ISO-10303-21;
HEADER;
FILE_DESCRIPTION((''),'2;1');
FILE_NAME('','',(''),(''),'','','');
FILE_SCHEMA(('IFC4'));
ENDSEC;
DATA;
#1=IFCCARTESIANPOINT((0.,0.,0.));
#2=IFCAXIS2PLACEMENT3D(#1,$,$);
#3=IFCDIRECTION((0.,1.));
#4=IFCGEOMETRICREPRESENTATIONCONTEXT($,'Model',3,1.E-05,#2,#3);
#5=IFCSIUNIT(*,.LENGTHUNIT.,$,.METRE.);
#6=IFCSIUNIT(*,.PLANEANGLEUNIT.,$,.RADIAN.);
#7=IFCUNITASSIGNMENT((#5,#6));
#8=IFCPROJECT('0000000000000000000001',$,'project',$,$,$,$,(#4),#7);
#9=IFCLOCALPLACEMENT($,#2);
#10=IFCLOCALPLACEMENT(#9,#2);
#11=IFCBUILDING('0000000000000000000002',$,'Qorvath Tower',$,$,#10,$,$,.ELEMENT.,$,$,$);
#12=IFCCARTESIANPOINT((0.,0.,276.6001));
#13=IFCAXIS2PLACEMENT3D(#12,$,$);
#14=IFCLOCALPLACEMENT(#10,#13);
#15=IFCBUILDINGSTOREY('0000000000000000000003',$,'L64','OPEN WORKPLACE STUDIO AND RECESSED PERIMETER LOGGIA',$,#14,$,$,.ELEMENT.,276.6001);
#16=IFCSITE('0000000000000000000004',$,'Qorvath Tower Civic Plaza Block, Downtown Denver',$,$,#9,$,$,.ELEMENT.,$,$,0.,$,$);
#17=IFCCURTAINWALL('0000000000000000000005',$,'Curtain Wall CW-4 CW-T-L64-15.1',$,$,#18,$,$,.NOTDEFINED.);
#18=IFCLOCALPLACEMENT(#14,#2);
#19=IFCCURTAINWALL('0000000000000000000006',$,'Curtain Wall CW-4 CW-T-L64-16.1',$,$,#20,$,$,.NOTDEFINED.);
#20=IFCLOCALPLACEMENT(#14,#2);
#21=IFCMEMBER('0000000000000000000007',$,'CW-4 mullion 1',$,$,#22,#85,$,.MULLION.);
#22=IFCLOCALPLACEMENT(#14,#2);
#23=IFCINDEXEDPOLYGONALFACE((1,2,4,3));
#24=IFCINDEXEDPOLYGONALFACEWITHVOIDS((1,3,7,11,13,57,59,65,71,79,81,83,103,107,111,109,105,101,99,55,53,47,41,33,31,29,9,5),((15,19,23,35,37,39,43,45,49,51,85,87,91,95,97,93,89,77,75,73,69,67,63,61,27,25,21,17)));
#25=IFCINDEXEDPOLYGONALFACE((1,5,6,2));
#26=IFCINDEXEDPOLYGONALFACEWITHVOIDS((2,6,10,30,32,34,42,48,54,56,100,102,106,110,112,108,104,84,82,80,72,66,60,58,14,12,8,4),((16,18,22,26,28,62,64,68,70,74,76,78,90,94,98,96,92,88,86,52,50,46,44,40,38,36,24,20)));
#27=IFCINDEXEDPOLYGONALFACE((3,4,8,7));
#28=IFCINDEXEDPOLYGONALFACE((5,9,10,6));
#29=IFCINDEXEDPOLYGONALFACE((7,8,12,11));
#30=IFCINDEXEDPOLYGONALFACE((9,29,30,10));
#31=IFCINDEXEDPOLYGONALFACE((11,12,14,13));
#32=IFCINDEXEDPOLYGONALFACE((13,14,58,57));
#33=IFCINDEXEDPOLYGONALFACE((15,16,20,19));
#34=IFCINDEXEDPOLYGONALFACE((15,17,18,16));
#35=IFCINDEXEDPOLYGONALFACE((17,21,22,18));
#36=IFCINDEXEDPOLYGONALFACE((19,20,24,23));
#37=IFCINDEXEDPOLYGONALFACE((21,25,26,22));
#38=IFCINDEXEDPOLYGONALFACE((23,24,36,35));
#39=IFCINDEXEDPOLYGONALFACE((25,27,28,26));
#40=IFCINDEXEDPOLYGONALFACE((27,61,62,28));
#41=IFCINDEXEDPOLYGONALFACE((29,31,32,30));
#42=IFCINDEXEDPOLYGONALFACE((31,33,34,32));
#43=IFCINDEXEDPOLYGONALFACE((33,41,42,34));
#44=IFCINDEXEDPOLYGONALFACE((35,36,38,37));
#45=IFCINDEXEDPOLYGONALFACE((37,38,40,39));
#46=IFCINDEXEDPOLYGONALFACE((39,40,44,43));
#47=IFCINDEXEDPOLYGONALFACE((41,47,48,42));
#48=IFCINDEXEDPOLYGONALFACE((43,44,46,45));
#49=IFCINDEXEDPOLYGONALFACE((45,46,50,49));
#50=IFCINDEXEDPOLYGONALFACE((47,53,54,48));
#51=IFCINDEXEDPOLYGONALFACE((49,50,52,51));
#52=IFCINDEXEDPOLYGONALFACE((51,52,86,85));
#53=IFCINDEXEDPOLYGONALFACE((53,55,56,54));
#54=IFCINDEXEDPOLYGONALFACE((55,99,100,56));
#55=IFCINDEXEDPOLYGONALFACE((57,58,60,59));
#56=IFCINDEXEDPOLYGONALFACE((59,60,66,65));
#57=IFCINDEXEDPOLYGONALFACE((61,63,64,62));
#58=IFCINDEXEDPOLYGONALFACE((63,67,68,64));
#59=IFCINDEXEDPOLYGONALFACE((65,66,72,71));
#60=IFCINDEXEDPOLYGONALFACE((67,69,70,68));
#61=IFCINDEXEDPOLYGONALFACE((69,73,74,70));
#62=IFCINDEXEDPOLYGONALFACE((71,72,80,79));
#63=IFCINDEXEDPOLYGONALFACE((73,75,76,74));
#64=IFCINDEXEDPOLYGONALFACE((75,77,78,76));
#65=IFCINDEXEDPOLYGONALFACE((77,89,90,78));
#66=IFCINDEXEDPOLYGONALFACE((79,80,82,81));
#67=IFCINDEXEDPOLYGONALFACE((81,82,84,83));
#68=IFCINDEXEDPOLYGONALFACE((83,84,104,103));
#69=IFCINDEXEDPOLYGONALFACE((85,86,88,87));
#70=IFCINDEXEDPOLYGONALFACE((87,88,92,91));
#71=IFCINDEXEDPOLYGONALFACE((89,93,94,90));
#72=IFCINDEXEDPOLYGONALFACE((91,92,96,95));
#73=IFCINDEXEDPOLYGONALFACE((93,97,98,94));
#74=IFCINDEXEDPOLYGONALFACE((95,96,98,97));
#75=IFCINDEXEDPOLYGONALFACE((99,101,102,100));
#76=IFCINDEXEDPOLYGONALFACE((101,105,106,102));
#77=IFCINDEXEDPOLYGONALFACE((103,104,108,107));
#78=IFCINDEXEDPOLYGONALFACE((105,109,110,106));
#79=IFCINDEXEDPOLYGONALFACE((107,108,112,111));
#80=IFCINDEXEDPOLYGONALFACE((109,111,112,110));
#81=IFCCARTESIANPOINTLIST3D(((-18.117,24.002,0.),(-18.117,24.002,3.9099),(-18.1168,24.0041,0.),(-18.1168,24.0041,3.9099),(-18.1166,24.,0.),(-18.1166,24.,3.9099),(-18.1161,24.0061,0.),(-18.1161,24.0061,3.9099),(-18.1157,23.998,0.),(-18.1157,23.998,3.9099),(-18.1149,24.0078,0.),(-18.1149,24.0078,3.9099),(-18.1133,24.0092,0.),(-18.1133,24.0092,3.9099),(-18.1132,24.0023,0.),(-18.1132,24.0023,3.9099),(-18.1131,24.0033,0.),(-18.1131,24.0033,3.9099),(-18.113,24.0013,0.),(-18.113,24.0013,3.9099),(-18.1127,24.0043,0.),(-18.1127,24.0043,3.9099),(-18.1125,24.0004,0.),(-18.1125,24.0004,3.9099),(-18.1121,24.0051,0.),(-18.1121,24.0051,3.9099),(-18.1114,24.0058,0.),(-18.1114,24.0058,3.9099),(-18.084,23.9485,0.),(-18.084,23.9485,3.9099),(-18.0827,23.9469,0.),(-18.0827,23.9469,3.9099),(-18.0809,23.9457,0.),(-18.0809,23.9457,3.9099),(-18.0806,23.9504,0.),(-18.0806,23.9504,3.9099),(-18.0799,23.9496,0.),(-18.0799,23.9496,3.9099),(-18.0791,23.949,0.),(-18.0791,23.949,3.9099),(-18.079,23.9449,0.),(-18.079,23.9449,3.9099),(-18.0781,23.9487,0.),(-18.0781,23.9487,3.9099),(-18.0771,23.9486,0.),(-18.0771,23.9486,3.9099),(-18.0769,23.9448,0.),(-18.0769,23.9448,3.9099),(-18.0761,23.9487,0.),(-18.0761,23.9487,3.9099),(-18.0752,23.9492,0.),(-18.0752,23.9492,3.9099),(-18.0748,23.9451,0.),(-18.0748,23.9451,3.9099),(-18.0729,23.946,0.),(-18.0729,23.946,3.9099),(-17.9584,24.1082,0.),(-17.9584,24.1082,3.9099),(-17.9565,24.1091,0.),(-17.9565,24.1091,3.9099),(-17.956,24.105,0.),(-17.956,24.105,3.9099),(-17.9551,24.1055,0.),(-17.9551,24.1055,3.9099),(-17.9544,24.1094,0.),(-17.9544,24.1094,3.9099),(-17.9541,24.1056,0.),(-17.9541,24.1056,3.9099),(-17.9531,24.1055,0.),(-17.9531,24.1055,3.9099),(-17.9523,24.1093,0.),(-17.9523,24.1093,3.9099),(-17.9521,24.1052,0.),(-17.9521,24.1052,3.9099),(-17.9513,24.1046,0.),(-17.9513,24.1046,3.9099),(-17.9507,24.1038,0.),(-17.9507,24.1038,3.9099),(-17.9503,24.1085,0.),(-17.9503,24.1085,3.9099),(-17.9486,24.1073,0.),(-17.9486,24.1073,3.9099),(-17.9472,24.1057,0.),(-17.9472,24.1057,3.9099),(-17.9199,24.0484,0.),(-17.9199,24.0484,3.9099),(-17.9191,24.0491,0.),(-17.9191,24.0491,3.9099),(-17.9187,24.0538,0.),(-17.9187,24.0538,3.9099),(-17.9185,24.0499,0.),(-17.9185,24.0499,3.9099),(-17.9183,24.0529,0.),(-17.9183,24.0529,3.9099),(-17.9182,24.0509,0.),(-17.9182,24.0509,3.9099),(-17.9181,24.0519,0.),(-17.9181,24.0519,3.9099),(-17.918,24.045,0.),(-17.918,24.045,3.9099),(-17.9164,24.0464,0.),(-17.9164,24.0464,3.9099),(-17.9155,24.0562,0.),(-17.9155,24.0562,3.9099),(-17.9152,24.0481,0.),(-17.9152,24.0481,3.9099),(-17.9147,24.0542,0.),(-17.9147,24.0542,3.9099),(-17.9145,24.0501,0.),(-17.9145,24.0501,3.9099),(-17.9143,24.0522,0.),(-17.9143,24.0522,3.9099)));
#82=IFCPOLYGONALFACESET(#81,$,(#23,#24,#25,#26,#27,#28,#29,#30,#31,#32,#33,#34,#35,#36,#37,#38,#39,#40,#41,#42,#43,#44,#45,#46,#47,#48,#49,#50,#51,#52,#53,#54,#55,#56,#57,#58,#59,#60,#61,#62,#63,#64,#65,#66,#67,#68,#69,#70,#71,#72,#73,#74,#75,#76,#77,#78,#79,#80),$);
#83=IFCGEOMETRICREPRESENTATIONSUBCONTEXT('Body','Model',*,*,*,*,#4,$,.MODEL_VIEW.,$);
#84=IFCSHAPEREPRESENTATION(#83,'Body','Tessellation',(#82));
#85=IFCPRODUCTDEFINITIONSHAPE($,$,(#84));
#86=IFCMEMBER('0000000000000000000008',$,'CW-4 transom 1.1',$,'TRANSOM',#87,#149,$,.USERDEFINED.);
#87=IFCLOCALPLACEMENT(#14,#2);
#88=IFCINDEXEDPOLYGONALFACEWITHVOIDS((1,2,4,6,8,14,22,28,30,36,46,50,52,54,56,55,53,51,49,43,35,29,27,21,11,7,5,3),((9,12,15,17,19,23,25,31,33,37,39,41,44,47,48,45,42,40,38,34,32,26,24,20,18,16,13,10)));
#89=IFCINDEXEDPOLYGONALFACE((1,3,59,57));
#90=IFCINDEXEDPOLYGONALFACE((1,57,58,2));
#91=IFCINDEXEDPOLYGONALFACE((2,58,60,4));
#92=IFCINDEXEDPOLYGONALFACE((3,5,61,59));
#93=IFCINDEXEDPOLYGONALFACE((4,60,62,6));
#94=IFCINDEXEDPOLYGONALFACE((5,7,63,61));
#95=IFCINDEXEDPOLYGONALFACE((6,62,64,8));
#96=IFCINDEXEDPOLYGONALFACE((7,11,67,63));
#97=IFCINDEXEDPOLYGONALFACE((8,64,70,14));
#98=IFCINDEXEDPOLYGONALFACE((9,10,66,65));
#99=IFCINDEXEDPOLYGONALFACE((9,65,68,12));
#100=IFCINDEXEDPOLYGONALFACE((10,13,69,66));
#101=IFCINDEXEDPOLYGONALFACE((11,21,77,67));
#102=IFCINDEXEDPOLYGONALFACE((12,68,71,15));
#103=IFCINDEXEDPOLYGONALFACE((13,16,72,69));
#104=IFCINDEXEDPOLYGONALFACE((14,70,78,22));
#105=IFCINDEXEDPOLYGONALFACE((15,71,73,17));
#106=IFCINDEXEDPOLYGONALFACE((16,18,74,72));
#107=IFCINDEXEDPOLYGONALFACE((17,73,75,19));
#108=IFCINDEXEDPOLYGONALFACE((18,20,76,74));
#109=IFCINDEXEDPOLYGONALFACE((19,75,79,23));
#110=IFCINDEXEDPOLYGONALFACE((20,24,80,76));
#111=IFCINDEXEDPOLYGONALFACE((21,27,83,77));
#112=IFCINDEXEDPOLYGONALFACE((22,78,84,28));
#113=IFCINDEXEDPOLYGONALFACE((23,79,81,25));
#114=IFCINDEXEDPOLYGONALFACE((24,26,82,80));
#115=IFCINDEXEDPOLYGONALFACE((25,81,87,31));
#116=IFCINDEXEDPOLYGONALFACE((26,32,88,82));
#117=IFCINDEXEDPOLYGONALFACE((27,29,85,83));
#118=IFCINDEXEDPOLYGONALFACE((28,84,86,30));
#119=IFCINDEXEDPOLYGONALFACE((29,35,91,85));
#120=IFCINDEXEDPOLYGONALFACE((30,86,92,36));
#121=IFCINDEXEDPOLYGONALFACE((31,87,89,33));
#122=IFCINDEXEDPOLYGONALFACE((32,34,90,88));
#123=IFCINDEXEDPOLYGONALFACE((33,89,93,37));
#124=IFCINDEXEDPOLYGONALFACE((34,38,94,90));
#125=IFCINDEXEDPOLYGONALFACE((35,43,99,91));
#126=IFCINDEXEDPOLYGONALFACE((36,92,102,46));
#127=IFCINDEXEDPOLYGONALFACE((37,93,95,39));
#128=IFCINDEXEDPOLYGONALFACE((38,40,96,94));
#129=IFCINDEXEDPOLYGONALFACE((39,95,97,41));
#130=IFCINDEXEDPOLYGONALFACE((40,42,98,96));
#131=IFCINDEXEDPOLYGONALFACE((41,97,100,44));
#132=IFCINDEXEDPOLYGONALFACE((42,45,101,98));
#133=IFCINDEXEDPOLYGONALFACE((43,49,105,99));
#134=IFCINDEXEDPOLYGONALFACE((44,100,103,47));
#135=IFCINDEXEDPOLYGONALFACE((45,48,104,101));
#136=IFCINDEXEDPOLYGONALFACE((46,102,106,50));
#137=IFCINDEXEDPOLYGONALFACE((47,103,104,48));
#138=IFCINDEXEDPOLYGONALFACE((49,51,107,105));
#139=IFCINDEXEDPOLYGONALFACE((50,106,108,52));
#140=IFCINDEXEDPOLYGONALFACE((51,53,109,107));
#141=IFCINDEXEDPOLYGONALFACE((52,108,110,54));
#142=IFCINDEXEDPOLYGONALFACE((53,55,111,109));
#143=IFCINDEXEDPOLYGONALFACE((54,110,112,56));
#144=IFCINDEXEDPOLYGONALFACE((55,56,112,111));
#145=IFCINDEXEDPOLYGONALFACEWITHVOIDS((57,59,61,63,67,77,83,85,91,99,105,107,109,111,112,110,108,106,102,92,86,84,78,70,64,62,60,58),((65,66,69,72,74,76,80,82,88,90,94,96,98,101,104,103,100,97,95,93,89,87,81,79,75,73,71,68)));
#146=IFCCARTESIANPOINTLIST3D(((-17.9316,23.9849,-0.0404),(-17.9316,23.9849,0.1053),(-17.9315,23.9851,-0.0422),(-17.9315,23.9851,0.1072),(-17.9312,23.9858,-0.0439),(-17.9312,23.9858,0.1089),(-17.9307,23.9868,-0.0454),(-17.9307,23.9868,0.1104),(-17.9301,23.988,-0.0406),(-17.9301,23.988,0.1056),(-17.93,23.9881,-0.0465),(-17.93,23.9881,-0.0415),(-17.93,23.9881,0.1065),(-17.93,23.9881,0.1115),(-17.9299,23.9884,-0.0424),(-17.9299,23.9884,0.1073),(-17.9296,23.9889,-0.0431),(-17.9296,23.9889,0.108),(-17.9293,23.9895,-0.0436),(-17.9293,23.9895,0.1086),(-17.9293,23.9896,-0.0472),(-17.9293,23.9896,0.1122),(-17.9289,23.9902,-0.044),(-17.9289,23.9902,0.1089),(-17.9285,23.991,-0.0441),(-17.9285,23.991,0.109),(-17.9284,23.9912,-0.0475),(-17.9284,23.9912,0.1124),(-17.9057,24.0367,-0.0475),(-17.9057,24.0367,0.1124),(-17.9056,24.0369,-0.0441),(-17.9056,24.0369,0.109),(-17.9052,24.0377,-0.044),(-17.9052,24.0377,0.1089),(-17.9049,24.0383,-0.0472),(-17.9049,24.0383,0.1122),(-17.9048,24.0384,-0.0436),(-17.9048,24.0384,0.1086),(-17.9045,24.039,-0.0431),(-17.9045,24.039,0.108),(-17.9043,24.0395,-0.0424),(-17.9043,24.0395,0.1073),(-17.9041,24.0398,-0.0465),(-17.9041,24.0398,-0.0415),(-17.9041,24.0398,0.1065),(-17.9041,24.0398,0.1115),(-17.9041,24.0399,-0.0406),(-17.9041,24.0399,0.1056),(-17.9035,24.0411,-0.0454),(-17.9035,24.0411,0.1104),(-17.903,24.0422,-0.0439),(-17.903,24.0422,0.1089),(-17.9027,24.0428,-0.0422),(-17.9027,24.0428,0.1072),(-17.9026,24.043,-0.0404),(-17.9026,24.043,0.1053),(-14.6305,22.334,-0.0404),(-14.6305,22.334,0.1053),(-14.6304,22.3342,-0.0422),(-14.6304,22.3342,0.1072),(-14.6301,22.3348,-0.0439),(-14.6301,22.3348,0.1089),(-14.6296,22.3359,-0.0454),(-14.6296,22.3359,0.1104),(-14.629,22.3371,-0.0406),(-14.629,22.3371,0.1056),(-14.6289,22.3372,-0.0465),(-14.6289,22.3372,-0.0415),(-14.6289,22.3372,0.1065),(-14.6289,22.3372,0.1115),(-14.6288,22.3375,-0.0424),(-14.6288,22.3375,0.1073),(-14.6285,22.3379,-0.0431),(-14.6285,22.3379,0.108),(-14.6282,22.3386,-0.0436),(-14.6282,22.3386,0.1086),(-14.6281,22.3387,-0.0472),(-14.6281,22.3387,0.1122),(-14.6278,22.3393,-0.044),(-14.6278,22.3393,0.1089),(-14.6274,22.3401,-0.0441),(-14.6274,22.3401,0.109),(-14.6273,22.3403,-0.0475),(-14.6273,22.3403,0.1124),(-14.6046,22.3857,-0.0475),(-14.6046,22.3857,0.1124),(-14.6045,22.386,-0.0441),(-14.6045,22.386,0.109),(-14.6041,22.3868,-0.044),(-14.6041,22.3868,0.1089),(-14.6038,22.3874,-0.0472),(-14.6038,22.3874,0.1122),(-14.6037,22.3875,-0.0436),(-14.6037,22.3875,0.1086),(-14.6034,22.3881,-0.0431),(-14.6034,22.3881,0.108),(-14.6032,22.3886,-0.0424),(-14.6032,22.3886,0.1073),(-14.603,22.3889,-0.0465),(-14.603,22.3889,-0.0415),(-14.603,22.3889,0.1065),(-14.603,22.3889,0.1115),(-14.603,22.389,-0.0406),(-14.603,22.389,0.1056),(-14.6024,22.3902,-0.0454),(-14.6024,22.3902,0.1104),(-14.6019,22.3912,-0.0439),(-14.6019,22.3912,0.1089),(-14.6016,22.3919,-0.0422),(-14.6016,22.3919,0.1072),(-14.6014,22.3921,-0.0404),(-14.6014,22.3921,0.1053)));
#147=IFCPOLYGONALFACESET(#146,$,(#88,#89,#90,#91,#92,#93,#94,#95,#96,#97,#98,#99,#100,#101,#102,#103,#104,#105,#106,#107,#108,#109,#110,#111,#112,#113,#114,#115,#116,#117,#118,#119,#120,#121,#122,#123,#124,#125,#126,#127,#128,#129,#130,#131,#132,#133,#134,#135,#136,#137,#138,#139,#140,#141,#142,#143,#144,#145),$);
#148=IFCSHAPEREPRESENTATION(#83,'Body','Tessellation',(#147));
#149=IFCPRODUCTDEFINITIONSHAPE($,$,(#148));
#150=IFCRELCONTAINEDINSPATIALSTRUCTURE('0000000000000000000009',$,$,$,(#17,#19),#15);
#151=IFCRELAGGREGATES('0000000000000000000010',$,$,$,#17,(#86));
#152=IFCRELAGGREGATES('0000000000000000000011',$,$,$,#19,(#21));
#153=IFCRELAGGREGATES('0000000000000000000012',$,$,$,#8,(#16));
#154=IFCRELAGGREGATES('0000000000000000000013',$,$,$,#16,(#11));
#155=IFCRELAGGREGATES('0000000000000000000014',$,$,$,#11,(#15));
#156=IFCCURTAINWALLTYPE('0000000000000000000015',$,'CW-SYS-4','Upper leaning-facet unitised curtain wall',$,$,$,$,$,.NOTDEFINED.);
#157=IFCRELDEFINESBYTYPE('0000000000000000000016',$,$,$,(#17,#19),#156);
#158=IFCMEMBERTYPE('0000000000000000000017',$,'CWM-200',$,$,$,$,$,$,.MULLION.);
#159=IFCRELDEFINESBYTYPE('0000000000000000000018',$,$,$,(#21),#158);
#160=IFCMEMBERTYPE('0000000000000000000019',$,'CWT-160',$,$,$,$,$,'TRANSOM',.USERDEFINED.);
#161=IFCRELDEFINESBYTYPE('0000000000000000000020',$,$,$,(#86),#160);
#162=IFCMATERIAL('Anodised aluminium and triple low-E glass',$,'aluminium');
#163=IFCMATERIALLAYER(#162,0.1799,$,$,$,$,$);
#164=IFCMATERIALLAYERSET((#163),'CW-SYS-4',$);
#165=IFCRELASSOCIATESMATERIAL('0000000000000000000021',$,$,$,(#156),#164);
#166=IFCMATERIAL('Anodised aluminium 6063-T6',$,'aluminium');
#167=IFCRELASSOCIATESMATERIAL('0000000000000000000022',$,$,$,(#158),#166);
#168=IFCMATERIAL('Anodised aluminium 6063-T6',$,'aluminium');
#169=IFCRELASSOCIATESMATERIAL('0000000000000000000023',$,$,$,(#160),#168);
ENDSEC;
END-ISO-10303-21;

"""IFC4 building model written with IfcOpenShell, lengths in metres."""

from ifc_helpers import new_model, si_unit, direction, frame, origin, origin_2d, place, context, subcontext, project, spatial, hollow_rectangle, extrude, material, layer, layer_set, material_profile, profile_set, type_object, element, aggregate, save


model = new_model("IFC4")

# Units and contexts
model_context = context("Model", 3, precision=1e-05, world=origin(), true_north=direction((0.0, 1.0)))
body_context = subcontext(model_context, "Body", "Model", "MODEL_VIEW")
ifc_project = project(units=[si_unit("LENGTHUNIT", "METRE"), si_unit("PLANEANGLEUNIT", "RADIAN")], contexts=[model_context])

# Site, building, storey
site_placement = place(None, origin())
site = spatial("IfcSite", under=ifc_project, at=site_placement, Name="Qorvath Tower Civic Plaza Block, Downtown Denver", CompositionType="ELEMENT", RefElevation=0.0)
building_placement = place(site_placement, origin())
building = spatial("IfcBuilding", under=site, at=building_placement, Name="Qorvath Tower", CompositionType="ELEMENT")
storey_placement = place(building_placement, frame((0.0, 0.0, 276.6001)))
storey = spatial("IfcBuildingStorey", under=building, at=storey_placement, Name="L64", Description="OPEN WORKPLACE STUDIO AND RECESSED PERIMETER LOGGIA", CompositionType="ELEMENT", Elevation=276.6001)

# Shared definitions
ifc_material_1 = material(Name="Anodised aluminium and triple low-E glass", Category="aluminium")
ifc_layer_1 = layer(ifc_material_1, 0.1799)
ifc_layer_set_1 = layer_set([ifc_layer_1], Name="CW-SYS-4")
curtain_wall_type = type_object("IfcCurtainWallType", Name="CW-SYS-4", Description="Upper leaning-facet unitised curtain wall", PredefinedType="NOTDEFINED", material=ifc_layer_set_1)
ifc_material_2 = material(Name="Anodised aluminium 6063-T6", Category="aluminium")
ifc_material_profile_1 = material_profile(ifc_material_2, hollow_rectangle(XDim=0.075, YDim=0.2, WallThickness=0.0039, InnerFilletRadius=0.0039, OuterFilletRadius=0.0081, at=origin_2d()), Name="CWM 200x75")
ifc_profile_set_1 = profile_set([ifc_material_profile_1], Name="Anodised aluminium 6063-T6")
member_type_1 = type_object("IfcMemberType", Name="CWM-200", PredefinedType="MULLION", material=ifc_profile_set_1)

# Curtain wall
curtain_wall_1_placement = place(storey_placement, origin())
curtain_wall_1 = element("IfcCurtainWall", 1, at=curtain_wall_1_placement, inside=storey, type_object=curtain_wall_type, Name="Curtain Wall CW-4 CW-T-L64-15.1", PredefinedType="NOTDEFINED")

# Curtain wall, member
curtain_wall_2_placement = place(storey_placement, origin())
curtain_wall_2 = element("IfcCurtainWall", 2, at=curtain_wall_2_placement, inside=storey, type_object=curtain_wall_type, Name="Curtain Wall CW-4 CW-T-L64-16.1", PredefinedType="NOTDEFINED")
member_1_placement = place(storey_placement, frame((-18.0156, 24.0271, 0.0), z_axis=(0.0, 0.0, 1.0), x_axis=(0.538534, -0.842604, 0.0)))
member_1 = element("IfcMember", 3, at=member_1_placement, type_object=member_type_1, Name="CW-4 mullion 1", PredefinedType="MULLION", context=body_context, shape_type="SweptSolid", body=[
    extrude(hollow_rectangle(XDim=0.075, YDim=0.2, WallThickness=0.0039, InnerFilletRadius=0.0039, OuterFilletRadius=0.0081, at=origin_2d()), origin(), (0.0, 0.0, 1.0), 3.9099),
])

# Member
ifc_material_3 = material(Name="Anodised aluminium 6063-T6", Category="aluminium")
ifc_material_profile_2 = material_profile(ifc_material_3, hollow_rectangle(XDim=0.0649, YDim=0.1599, WallThickness=0.0034, InnerFilletRadius=0.0034, OuterFilletRadius=0.0071, at=origin_2d()), Name="CWT 160x65")
ifc_profile_set_2 = profile_set([ifc_material_profile_2], Name="Anodised aluminium 6063-T6")
member_type_2 = type_object("IfcMemberType", Name="CWT-160", ElementType="TRANSOM", PredefinedType="USERDEFINED", material=ifc_profile_set_2)
member_2_placement = place(storey_placement, frame((-14.616, 22.363, 0.0325), z_axis=(-0.894387, 0.447293, 0.0), x_axis=(-0.447293, -0.894387, 0.0)))
member_2 = element("IfcMember", 4, at=member_2_placement, type_object=member_type_2, Name="CW-4 transom 1.1", ObjectType="TRANSOM", PredefinedType="USERDEFINED", context=body_context, shape_type="SweptSolid", body=[
    extrude(hollow_rectangle(XDim=0.0649, YDim=0.1599, WallThickness=0.0034, InnerFilletRadius=0.0034, OuterFilletRadius=0.0071, at=origin_2d()), origin(), (0.0, 0.0, 1.0), 3.6909),
])

aggregate(curtain_wall_1, [member_2])
aggregate(curtain_wall_2, [member_1])

save(model, "model.ifc")
